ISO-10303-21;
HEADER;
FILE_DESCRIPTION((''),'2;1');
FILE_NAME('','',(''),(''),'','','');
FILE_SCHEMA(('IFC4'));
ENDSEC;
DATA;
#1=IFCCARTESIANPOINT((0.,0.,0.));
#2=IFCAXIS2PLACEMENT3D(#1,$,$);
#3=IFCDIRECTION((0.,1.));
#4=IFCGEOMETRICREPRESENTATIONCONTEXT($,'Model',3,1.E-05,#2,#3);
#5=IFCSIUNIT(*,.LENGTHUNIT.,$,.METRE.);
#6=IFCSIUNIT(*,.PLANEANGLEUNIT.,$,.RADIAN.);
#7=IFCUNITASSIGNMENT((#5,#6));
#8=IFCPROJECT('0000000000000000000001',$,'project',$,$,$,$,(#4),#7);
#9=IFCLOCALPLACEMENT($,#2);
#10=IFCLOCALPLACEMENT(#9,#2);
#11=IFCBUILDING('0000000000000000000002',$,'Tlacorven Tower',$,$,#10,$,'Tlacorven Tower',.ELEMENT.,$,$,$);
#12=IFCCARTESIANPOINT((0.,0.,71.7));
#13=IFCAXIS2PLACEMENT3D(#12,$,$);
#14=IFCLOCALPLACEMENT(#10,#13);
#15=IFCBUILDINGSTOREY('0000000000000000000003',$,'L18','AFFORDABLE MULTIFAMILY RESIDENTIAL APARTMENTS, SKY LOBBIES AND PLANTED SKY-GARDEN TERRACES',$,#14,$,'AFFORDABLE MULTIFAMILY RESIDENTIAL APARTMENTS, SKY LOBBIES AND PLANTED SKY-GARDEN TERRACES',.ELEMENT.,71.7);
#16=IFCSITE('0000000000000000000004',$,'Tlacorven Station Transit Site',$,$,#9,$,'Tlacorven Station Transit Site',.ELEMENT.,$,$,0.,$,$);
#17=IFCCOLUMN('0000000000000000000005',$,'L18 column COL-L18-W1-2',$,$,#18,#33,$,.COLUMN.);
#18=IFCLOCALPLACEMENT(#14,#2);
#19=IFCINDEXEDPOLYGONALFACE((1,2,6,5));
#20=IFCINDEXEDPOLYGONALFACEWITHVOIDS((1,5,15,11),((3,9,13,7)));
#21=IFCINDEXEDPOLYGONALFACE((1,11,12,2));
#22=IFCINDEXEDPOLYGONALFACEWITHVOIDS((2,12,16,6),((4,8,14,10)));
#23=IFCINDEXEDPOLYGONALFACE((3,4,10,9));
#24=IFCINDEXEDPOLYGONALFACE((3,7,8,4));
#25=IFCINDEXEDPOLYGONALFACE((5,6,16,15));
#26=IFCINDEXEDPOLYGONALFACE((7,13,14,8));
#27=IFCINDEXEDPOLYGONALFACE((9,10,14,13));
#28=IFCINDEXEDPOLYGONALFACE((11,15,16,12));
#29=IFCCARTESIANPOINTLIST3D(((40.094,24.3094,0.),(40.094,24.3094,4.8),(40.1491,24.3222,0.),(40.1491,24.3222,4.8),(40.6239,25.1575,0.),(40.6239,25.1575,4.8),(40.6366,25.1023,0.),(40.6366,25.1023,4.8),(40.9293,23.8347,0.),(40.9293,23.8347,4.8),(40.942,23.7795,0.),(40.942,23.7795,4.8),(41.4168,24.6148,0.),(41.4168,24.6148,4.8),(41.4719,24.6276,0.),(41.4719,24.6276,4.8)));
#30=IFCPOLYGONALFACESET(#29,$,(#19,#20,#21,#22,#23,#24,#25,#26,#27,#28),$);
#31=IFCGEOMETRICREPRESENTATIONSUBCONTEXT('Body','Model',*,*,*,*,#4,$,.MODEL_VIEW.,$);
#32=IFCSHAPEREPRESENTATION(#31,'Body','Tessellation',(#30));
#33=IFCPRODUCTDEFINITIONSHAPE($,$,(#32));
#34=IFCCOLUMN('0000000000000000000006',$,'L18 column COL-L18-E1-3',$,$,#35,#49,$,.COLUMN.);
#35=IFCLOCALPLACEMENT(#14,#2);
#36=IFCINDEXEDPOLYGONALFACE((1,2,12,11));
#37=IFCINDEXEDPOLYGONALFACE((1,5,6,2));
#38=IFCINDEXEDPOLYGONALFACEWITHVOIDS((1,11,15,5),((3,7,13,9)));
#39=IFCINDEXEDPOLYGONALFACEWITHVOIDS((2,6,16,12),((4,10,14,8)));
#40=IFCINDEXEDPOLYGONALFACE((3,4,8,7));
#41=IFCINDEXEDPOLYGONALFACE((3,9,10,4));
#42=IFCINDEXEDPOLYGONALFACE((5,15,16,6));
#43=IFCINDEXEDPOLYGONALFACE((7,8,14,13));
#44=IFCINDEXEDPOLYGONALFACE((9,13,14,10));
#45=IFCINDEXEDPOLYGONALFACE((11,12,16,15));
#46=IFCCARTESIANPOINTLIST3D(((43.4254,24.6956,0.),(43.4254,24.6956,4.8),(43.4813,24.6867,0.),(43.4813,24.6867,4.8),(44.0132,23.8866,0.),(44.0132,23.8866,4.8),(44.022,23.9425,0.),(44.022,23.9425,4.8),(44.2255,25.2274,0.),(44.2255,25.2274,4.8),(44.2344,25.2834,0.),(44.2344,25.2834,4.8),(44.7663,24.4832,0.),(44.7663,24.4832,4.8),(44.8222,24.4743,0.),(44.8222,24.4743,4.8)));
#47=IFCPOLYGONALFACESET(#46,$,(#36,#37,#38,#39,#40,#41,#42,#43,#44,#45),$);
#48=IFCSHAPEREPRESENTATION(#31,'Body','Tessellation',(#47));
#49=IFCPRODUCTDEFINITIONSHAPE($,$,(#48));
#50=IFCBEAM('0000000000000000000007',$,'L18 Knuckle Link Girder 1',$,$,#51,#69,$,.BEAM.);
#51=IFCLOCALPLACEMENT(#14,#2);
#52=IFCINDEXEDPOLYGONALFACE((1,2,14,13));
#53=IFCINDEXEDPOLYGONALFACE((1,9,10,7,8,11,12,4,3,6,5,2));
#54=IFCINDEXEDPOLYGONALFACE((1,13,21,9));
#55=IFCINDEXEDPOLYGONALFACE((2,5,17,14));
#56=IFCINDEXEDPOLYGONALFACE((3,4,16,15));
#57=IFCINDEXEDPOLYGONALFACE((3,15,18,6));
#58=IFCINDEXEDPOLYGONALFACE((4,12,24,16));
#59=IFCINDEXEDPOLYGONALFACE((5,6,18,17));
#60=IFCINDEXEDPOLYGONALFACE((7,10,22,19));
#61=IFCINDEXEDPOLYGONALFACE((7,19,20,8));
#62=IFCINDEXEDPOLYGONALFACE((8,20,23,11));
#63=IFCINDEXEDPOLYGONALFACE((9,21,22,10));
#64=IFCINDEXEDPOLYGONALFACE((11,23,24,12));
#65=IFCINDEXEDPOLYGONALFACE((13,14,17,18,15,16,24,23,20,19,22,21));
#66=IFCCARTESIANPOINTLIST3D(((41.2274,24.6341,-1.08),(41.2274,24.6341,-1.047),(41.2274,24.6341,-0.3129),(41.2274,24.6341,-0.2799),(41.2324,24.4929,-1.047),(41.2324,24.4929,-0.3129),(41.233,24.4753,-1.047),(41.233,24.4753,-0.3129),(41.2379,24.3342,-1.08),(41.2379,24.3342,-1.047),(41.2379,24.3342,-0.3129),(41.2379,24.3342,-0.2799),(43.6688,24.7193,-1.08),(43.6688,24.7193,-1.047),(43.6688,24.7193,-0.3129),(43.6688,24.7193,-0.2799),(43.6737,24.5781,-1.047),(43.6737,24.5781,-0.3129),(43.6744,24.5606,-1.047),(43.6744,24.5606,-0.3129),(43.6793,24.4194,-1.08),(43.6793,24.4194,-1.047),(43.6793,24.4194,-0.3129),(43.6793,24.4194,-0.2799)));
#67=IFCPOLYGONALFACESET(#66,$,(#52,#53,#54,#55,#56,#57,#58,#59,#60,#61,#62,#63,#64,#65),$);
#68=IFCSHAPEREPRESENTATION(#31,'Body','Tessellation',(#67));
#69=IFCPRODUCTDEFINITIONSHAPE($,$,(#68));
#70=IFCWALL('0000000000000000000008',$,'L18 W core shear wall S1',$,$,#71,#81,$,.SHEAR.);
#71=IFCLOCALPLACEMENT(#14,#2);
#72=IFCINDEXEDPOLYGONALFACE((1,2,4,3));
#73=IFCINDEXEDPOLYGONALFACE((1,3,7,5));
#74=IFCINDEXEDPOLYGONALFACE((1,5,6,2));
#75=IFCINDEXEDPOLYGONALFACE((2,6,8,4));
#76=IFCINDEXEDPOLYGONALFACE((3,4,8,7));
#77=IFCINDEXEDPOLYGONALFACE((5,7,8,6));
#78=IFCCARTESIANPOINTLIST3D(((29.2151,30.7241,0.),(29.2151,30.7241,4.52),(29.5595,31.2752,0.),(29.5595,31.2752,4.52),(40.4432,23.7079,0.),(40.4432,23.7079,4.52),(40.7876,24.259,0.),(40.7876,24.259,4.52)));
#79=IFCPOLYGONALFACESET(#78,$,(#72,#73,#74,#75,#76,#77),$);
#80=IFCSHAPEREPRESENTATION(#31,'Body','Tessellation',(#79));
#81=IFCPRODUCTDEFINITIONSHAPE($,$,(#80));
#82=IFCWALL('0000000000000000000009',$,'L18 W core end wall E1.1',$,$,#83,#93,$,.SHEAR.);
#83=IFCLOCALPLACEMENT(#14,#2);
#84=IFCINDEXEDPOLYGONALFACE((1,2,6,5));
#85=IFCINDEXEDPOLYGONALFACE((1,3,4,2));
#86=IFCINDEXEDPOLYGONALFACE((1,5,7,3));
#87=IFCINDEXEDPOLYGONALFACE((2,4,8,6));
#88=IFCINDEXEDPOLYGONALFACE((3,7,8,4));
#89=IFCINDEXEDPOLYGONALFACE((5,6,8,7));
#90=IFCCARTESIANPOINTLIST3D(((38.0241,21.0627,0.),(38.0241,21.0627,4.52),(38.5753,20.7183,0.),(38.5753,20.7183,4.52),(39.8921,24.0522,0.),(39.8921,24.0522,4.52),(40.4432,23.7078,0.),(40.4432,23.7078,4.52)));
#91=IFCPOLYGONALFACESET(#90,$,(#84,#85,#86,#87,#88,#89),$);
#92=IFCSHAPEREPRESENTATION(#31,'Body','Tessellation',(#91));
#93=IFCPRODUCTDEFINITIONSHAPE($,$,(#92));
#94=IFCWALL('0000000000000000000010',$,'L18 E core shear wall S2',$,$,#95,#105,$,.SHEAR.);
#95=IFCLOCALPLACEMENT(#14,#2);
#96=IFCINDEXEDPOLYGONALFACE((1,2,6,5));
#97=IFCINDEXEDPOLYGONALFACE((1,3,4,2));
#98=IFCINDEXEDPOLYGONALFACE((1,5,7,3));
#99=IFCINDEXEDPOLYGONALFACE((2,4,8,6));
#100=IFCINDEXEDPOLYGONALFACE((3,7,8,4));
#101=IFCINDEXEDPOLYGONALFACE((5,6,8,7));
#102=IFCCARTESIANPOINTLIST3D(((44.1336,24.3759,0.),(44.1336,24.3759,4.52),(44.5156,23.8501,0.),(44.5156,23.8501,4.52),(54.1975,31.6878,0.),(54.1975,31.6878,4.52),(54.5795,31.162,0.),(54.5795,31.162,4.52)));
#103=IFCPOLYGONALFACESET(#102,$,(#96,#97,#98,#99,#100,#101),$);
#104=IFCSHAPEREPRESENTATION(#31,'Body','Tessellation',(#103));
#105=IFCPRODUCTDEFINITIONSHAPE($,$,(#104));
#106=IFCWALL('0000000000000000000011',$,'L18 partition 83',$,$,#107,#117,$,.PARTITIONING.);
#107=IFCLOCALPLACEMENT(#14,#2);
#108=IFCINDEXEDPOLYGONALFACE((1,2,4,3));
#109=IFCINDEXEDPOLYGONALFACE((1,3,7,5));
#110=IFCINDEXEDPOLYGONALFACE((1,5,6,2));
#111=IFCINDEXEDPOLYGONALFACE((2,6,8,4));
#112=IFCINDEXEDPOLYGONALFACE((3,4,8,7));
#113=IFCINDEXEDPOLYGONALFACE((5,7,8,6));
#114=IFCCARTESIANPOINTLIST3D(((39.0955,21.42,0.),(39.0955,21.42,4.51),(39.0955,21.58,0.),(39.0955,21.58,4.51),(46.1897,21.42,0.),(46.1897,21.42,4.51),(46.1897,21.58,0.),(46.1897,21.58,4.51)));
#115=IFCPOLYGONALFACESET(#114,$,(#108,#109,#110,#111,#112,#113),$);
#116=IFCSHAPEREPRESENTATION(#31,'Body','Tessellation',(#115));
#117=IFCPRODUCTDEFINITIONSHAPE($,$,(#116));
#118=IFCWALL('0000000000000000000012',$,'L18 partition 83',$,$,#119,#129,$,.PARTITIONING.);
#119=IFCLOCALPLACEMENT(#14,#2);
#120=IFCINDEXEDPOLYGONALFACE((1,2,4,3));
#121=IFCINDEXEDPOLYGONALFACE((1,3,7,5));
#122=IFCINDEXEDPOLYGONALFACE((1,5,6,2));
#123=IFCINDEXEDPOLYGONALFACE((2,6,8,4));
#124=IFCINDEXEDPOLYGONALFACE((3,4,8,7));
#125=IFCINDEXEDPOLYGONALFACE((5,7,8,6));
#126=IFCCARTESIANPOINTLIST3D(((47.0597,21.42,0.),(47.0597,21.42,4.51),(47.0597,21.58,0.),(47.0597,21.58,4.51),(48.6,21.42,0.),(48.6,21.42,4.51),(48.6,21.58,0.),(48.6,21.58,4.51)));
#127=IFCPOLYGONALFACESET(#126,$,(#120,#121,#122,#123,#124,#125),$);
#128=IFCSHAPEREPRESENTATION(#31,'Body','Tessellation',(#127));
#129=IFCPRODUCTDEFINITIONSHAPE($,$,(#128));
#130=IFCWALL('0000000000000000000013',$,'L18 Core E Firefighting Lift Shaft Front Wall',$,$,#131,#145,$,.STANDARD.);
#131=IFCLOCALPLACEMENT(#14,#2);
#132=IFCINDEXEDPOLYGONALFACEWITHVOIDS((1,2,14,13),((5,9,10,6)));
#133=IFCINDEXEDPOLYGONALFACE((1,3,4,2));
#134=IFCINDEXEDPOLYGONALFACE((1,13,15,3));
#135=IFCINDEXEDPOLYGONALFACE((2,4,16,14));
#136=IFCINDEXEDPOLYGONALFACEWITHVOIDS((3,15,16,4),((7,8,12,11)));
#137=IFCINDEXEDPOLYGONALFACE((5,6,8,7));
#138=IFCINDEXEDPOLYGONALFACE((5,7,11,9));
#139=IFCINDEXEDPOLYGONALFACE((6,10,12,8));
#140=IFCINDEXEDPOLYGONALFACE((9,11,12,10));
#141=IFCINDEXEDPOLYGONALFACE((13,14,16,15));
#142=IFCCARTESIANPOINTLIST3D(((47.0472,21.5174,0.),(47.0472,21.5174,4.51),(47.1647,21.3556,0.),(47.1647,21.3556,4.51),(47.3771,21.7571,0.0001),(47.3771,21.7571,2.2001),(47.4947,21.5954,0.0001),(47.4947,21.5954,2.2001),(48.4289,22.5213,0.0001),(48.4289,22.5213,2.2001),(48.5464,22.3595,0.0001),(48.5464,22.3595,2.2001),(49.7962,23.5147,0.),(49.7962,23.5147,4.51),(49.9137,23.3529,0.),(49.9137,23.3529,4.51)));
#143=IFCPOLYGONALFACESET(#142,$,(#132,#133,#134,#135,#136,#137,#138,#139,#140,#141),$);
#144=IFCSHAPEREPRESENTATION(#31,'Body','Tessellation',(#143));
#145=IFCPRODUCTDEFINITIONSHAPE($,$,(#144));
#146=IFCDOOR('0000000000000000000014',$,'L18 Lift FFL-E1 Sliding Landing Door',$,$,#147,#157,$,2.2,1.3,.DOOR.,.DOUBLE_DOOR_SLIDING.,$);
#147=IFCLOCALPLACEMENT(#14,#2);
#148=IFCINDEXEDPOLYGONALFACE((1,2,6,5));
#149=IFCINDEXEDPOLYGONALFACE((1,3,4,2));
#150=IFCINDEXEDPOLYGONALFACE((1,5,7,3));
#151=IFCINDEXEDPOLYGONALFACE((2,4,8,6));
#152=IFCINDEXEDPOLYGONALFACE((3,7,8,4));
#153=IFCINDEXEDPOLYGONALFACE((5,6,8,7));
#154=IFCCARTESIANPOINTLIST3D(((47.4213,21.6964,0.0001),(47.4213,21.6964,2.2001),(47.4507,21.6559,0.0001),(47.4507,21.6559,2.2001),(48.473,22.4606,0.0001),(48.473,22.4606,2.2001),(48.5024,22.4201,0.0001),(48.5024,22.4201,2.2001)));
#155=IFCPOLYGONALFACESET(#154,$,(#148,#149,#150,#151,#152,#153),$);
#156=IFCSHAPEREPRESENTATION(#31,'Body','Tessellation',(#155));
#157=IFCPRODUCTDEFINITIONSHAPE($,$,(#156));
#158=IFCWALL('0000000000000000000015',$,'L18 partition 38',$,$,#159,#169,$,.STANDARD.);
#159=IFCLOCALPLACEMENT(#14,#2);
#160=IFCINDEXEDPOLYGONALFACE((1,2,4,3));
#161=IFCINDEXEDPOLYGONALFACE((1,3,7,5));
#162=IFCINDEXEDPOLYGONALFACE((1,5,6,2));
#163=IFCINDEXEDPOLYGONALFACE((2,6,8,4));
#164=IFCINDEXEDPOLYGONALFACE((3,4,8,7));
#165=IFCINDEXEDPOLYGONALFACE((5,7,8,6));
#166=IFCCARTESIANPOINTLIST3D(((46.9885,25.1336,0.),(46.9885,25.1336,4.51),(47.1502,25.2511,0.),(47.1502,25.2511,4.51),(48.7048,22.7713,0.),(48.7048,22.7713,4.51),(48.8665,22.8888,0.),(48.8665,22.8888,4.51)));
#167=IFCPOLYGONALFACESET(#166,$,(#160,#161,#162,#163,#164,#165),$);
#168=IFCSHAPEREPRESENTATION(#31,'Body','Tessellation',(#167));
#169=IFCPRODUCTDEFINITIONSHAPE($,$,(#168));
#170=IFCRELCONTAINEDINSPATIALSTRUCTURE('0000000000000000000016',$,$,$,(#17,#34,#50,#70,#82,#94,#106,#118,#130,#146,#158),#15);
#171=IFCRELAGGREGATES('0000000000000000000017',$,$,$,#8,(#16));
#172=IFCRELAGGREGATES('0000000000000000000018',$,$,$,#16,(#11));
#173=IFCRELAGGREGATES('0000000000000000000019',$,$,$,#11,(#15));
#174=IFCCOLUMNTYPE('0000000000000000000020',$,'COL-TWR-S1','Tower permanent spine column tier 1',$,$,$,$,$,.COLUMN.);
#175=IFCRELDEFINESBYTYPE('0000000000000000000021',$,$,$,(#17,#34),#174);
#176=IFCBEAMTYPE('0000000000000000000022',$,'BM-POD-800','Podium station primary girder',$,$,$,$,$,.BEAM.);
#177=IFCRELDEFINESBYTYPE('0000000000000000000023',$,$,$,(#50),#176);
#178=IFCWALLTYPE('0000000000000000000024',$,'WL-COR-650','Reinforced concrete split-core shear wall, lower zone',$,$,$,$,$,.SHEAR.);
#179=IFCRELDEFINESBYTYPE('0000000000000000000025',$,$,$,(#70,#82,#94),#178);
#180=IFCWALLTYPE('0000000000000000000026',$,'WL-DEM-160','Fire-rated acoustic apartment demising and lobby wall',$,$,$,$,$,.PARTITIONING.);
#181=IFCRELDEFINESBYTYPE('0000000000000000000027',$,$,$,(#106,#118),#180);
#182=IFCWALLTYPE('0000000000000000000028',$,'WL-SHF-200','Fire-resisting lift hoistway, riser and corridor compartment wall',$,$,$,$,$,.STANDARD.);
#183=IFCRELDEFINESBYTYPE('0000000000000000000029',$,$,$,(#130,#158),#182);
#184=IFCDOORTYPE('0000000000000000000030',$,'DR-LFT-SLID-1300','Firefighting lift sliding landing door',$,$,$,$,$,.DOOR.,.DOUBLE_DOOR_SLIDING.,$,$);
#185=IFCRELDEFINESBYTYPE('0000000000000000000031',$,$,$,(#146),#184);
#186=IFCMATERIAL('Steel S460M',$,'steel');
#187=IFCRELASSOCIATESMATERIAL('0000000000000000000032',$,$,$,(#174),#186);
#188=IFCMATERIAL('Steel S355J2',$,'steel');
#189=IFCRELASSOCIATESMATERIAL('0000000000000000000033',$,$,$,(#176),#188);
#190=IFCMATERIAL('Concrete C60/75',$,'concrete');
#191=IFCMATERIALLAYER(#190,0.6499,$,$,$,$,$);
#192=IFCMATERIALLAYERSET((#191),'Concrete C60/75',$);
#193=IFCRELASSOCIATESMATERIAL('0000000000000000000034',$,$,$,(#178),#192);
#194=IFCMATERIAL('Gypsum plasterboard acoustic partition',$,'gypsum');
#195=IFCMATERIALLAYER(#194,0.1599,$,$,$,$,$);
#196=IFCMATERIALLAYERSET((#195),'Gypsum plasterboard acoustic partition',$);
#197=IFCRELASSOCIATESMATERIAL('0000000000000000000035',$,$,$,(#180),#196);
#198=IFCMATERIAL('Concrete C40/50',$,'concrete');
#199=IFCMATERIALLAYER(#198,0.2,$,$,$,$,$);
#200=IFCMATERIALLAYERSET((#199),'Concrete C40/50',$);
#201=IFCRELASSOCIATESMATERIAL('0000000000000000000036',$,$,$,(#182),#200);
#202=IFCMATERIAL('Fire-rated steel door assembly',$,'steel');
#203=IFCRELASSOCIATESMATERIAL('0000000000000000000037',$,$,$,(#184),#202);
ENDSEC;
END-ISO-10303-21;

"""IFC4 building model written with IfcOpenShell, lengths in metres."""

from ifc_helpers import new_model, si_unit, direction, frame, frame_2d, origin, origin_2d, place, context, subcontext, project, spatial, rectangle, hollow_rectangle, i_section, extrude, source, transform, mapped, material, layer, layer_set, material_profile, profile_set, type_object, element, fill, save


model = new_model("IFC4")

# Units and contexts
model_context = context("Model", 3, precision=1e-05, world=origin(), true_north=direction((0.0, 1.0)))
body_context = subcontext(model_context, "Body", "Model", "MODEL_VIEW")
ifc_project = project(units=[si_unit("LENGTHUNIT", "METRE"), si_unit("PLANEANGLEUNIT", "RADIAN")], contexts=[model_context])

# Site, building, storey
site_placement = place(None, origin())
site = spatial("IfcSite", under=ifc_project, at=site_placement, Name="Tlacorven Station Transit Site", LongName="Tlacorven Station Transit Site", CompositionType="ELEMENT", RefElevation=0.0)
building_placement = place(site_placement, origin())
building = spatial("IfcBuilding", under=site, at=building_placement, Name="Tlacorven Tower", LongName="Tlacorven Tower", CompositionType="ELEMENT")
storey_placement = place(building_placement, frame((0.0, 0.0, 71.7)))
storey = spatial("IfcBuildingStorey", under=building, at=storey_placement, Name="L18", Description="AFFORDABLE MULTIFAMILY RESIDENTIAL APARTMENTS, SKY LOBBIES AND PLANTED SKY-GARDEN TERRACES", LongName="AFFORDABLE MULTIFAMILY RESIDENTIAL APARTMENTS, SKY LOBBIES AND PLANTED SKY-GARDEN TERRACES", CompositionType="ELEMENT", Elevation=71.7)

# Columns
ifc_material_1 = material(Name="Steel S460M", Category="steel")
ifc_material_profile_1 = material_profile(ifc_material_1, hollow_rectangle(XDim=1.0, YDim=1.0, WallThickness=0.04, at=origin_2d()), Name="BOX 1000X1000X40")
ifc_profile_set_1 = profile_set([ifc_material_profile_1], Name="Steel S460M")
column_type = type_object("IfcColumnType", Name="COL-TWR-S1", Description="Tower permanent spine column tier 1", PredefinedType="COLUMN", material=ifc_profile_set_1)
shared_shape_1 = source(origin(), body_context, "Body", "SweptSolid", [
    extrude(hollow_rectangle(XDim=1.0, YDim=1.0, WallThickness=0.04, at=origin_2d()), origin(), (0.0, 0.0, 1.0), 4.8),
])
for number, where, z_axis, x_axis, name in (
    (1, (40.783, 24.4685, 0.0), (0.0, 0.0, 1.0), (-0.848048, 0.529919, 0.0), "L18 column COL-L18-W1-2"),
    (2, (44.1238, 24.585, 0.0), (0.0, 0.0, 1.0), (0.809017, 0.587785, 0.0), "L18 column COL-L18-E1-3"),
):
    element("IfcColumn", number, at=place(storey_placement, frame(where, z_axis=z_axis, x_axis=x_axis)), inside=storey, type_object=column_type, Name=name, PredefinedType="COLUMN", context=body_context, shape_type="MappedRepresentation", body=[
        mapped(shared_shape_1, transform((0.0, 0.0, 0.0), scale=1.0)),
    ])

# Beam
ifc_material_2 = material(Name="Steel S355J2", Category="steel")
ifc_material_profile_2 = material_profile(ifc_material_2, i_section(OverallWidth=0.3, OverallDepth=0.8, WebThickness=0.0176, FlangeThickness=0.033, at=origin_2d()), Name="HEB 800")
ifc_profile_set_2 = profile_set([ifc_material_profile_2], Name="Steel S355J2")
beam_type = type_object("IfcBeamType", Name="BM-POD-800", Description="Podium station primary girder", PredefinedType="BEAM", material=ifc_profile_set_2)
shared_shape_2 = source(origin(), body_context, "Body", "SweptSolid", [
    extrude(i_section(OverallWidth=0.3, OverallDepth=0.8, WebThickness=0.0176, FlangeThickness=0.033, at=origin_2d()), origin(), (0.0, 0.0, 1.0), 2.4429),
])
beam_placement = place(storey_placement, frame((41.2327, 24.4841, -0.6799), z_axis=(0.999392, 0.034879, 0.0), x_axis=(-0.034879, 0.999392, 0.0)))
element("IfcBeam", 3, at=beam_placement, inside=storey, type_object=beam_type, Name="L18 Knuckle Link Girder 1", PredefinedType="BEAM", context=body_context, shape_type="MappedRepresentation", body=[
    mapped(shared_shape_2, transform((0.0, 0.0, 0.0), scale=1.0)),
])

# Walls
ifc_material_3 = material(Name="Concrete C60/75", Category="concrete")
ifc_layer_1 = layer(ifc_material_3, 0.6499)
ifc_layer_set_1 = layer_set([ifc_layer_1], Name="Concrete C60/75")
wall_type_1 = type_object("IfcWallType", Name="WL-COR-650", Description="Reinforced concrete split-core shear wall, lower zone", PredefinedType="SHEAR", material=ifc_layer_set_1)
wall_1_placement = place(storey_placement, frame((40.6155, 23.9834, 0.0), z_axis=(0.0, 0.0, 1.0), x_axis=(-0.848046, 0.529923, 0.0)))
element("IfcWall", 4, at=wall_1_placement, inside=storey, type_object=wall_type_1, Name="L18 W core shear wall S1", PredefinedType="SHEAR", context=body_context, shape_type="SweptSolid", body=[
    extrude(rectangle(XDim=13.24, YDim=0.6499, at=frame_2d((6.6201, 0.0))), origin(), (0.0, 0.0, 1.0), 4.52),
])
wall_2_placement = place(storey_placement, frame((40.1677, 23.8801, 0.0), z_axis=(0.0, 0.0, 1.0), x_axis=(-0.529893, -0.848064, 0.0)))
element("IfcWall", 5, at=wall_2_placement, inside=storey, type_object=wall_type_1, Name="L18 W core end wall E1.1", PredefinedType="SHEAR", context=body_context, shape_type="SweptSolid", body=[
    extrude(rectangle(XDim=3.5251, YDim=0.6499, at=frame_2d((1.7627, 0.0))), origin(), (0.0, 0.0, 1.0), 4.52),
])
wall_3_placement = place(storey_placement, frame((44.3247, 24.113, 0.0), z_axis=(0.0, 0.0, 1.0), x_axis=(0.809013, 0.587791, 0.0)))
element("IfcWall", 6, at=wall_3_placement, inside=storey, type_object=wall_type_1, Name="L18 E core shear wall S2", PredefinedType="SHEAR", context=body_context, shape_type="SweptSolid", body=[
    extrude(rectangle(XDim=12.4397, YDim=0.6499, at=frame_2d((6.2197, 0.0))), origin(), (0.0, 0.0, 1.0), 4.52),
])
ifc_material_4 = material(Name="Gypsum plasterboard acoustic partition", Category="gypsum")
ifc_layer_2 = layer(ifc_material_4, 0.1599)
ifc_layer_set_2 = layer_set([ifc_layer_2], Name="Gypsum plasterboard acoustic partition")
wall_type_2 = type_object("IfcWallType", Name="WL-DEM-160", Description="Fire-rated acoustic apartment demising and lobby wall", PredefinedType="PARTITIONING", material=ifc_layer_set_2)
wall_4_placement = place(storey_placement, frame((39.0955, 21.5, 0.0), z_axis=(0.0, 0.0, 1.0), x_axis=(1.0, 0.0, 0.0)))
element("IfcWall", 7, at=wall_4_placement, inside=storey, type_object=wall_type_2, Name="L18 partition 83", PredefinedType="PARTITIONING", context=body_context, shape_type="SweptSolid", body=[
    extrude(rectangle(XDim=7.0942, YDim=0.1599, at=frame_2d((3.5471, 0.0))), origin(), (0.0, 0.0, 1.0), 4.51),
])
wall_5_placement = place(storey_placement, frame((47.0598, 21.5, 0.0), z_axis=(0.0, 0.0, 1.0), x_axis=(1.0, 0.0, 0.0)))
element("IfcWall", 8, at=wall_5_placement, inside=storey, type_object=wall_type_2, Name="L18 partition 83", PredefinedType="PARTITIONING", context=body_context, shape_type="SweptSolid", body=[
    extrude(rectangle(XDim=1.5403, YDim=0.1599, at=frame_2d((0.77, 0.0))), origin(), (0.0, 0.0, 1.0), 4.51),
])

# Wall, opening, door
ifc_material_5 = material(Name="Concrete C40/50", Category="concrete")
ifc_layer_3 = layer(ifc_material_5, 0.2)
ifc_layer_set_3 = layer_set([ifc_layer_3], Name="Concrete C40/50")
wall_type_3 = type_object("IfcWallType", Name="WL-SHF-200", Description="Fire-resisting lift hoistway, riser and corridor compartment wall", PredefinedType="STANDARD", material=ifc_layer_set_3)
wall_6_placement = place(storey_placement, frame((47.106, 21.4365, 0.0), z_axis=(0.0, 0.0, 1.0), x_axis=(0.809013, 0.587791, 0.0)))
wall_6 = element("IfcWall", 9, at=wall_6_placement, inside=storey, type_object=wall_type_3, Name="L18 Core E Firefighting Lift Shaft Front Wall", PredefinedType="STANDARD", context=body_context, shape_type="SweptSolid", body=[
    extrude(rectangle(XDim=3.3979, YDim=0.2, at=frame_2d((1.699, 0.0))), origin(), (0.0, 0.0, 1.0), 4.51),
])
opening_1_placement = place(wall_6_placement, frame((0.408, 0.0, 0.0)))
opening_1 = element("IfcOpeningElement", 10, at=opening_1_placement, cuts=wall_6, PredefinedType="OPENING", context=body_context, shape_type="SweptSolid", body=[
    extrude(rectangle(XDim=1.3, YDim=2.2, at=frame_2d((0.6499, 1.1001))), frame((0.0, 0.1099, 0.0), z_axis=(0.0, -1.0, 0.0), x_axis=(1.0, 0.0, 0.0)), (0.0, 0.0, 1.0), 0.22),
])
ifc_material_6 = material(Name="Fire-rated steel door assembly", Category="steel")
door_type_1 = type_object("IfcDoorType", Name="DR-LFT-SLID-1300", Description="Firefighting lift sliding landing door", OperationType="DOUBLE_DOOR_SLIDING", PredefinedType="DOOR", material=ifc_material_6)
shared_shape_3 = source(origin(), body_context, "Body", "SweptSolid", [
    extrude(rectangle(XDim=1.3, YDim=2.2, at=frame_2d((0.6499, 1.1001))), frame((0.0, 0.0249, 0.0), z_axis=(0.0, -1.0, 0.0), x_axis=(1.0, 0.0, 0.0)), (0.0, 0.0, 1.0), 0.05),
])
door_1_placement = place(opening_1_placement, origin())
door_1 = element("IfcDoor", 11, at=door_1_placement, inside=storey, type_object=door_type_1, Name="L18 Lift FFL-E1 Sliding Landing Door", OperationType="DOUBLE_DOOR_SLIDING", OverallHeight=2.2, OverallWidth=1.3, PredefinedType="DOOR", context=body_context, shape_type="MappedRepresentation", body=[
    mapped(shared_shape_3, transform((0.0, 0.0, 0.0), scale=1.0)),
])
fill(opening_1, door_1)

# Wall
wall_7_placement = place(storey_placement, frame((48.7856, 22.8301, 0.0), z_axis=(0.0, 0.0, 1.0), x_axis=(-0.587784, 0.809018, 0.0)))
element("IfcWall", 12, at=wall_7_placement, inside=storey, type_object=wall_type_3, Name="L18 partition 38", PredefinedType="STANDARD", context=body_context, shape_type="SweptSolid", body=[
    extrude(rectangle(XDim=2.9199, YDim=0.2, at=frame_2d((1.46, 0.0))), origin(), (0.0, 0.0, 1.0), 4.51),
])

save(model, "model.ifc")
